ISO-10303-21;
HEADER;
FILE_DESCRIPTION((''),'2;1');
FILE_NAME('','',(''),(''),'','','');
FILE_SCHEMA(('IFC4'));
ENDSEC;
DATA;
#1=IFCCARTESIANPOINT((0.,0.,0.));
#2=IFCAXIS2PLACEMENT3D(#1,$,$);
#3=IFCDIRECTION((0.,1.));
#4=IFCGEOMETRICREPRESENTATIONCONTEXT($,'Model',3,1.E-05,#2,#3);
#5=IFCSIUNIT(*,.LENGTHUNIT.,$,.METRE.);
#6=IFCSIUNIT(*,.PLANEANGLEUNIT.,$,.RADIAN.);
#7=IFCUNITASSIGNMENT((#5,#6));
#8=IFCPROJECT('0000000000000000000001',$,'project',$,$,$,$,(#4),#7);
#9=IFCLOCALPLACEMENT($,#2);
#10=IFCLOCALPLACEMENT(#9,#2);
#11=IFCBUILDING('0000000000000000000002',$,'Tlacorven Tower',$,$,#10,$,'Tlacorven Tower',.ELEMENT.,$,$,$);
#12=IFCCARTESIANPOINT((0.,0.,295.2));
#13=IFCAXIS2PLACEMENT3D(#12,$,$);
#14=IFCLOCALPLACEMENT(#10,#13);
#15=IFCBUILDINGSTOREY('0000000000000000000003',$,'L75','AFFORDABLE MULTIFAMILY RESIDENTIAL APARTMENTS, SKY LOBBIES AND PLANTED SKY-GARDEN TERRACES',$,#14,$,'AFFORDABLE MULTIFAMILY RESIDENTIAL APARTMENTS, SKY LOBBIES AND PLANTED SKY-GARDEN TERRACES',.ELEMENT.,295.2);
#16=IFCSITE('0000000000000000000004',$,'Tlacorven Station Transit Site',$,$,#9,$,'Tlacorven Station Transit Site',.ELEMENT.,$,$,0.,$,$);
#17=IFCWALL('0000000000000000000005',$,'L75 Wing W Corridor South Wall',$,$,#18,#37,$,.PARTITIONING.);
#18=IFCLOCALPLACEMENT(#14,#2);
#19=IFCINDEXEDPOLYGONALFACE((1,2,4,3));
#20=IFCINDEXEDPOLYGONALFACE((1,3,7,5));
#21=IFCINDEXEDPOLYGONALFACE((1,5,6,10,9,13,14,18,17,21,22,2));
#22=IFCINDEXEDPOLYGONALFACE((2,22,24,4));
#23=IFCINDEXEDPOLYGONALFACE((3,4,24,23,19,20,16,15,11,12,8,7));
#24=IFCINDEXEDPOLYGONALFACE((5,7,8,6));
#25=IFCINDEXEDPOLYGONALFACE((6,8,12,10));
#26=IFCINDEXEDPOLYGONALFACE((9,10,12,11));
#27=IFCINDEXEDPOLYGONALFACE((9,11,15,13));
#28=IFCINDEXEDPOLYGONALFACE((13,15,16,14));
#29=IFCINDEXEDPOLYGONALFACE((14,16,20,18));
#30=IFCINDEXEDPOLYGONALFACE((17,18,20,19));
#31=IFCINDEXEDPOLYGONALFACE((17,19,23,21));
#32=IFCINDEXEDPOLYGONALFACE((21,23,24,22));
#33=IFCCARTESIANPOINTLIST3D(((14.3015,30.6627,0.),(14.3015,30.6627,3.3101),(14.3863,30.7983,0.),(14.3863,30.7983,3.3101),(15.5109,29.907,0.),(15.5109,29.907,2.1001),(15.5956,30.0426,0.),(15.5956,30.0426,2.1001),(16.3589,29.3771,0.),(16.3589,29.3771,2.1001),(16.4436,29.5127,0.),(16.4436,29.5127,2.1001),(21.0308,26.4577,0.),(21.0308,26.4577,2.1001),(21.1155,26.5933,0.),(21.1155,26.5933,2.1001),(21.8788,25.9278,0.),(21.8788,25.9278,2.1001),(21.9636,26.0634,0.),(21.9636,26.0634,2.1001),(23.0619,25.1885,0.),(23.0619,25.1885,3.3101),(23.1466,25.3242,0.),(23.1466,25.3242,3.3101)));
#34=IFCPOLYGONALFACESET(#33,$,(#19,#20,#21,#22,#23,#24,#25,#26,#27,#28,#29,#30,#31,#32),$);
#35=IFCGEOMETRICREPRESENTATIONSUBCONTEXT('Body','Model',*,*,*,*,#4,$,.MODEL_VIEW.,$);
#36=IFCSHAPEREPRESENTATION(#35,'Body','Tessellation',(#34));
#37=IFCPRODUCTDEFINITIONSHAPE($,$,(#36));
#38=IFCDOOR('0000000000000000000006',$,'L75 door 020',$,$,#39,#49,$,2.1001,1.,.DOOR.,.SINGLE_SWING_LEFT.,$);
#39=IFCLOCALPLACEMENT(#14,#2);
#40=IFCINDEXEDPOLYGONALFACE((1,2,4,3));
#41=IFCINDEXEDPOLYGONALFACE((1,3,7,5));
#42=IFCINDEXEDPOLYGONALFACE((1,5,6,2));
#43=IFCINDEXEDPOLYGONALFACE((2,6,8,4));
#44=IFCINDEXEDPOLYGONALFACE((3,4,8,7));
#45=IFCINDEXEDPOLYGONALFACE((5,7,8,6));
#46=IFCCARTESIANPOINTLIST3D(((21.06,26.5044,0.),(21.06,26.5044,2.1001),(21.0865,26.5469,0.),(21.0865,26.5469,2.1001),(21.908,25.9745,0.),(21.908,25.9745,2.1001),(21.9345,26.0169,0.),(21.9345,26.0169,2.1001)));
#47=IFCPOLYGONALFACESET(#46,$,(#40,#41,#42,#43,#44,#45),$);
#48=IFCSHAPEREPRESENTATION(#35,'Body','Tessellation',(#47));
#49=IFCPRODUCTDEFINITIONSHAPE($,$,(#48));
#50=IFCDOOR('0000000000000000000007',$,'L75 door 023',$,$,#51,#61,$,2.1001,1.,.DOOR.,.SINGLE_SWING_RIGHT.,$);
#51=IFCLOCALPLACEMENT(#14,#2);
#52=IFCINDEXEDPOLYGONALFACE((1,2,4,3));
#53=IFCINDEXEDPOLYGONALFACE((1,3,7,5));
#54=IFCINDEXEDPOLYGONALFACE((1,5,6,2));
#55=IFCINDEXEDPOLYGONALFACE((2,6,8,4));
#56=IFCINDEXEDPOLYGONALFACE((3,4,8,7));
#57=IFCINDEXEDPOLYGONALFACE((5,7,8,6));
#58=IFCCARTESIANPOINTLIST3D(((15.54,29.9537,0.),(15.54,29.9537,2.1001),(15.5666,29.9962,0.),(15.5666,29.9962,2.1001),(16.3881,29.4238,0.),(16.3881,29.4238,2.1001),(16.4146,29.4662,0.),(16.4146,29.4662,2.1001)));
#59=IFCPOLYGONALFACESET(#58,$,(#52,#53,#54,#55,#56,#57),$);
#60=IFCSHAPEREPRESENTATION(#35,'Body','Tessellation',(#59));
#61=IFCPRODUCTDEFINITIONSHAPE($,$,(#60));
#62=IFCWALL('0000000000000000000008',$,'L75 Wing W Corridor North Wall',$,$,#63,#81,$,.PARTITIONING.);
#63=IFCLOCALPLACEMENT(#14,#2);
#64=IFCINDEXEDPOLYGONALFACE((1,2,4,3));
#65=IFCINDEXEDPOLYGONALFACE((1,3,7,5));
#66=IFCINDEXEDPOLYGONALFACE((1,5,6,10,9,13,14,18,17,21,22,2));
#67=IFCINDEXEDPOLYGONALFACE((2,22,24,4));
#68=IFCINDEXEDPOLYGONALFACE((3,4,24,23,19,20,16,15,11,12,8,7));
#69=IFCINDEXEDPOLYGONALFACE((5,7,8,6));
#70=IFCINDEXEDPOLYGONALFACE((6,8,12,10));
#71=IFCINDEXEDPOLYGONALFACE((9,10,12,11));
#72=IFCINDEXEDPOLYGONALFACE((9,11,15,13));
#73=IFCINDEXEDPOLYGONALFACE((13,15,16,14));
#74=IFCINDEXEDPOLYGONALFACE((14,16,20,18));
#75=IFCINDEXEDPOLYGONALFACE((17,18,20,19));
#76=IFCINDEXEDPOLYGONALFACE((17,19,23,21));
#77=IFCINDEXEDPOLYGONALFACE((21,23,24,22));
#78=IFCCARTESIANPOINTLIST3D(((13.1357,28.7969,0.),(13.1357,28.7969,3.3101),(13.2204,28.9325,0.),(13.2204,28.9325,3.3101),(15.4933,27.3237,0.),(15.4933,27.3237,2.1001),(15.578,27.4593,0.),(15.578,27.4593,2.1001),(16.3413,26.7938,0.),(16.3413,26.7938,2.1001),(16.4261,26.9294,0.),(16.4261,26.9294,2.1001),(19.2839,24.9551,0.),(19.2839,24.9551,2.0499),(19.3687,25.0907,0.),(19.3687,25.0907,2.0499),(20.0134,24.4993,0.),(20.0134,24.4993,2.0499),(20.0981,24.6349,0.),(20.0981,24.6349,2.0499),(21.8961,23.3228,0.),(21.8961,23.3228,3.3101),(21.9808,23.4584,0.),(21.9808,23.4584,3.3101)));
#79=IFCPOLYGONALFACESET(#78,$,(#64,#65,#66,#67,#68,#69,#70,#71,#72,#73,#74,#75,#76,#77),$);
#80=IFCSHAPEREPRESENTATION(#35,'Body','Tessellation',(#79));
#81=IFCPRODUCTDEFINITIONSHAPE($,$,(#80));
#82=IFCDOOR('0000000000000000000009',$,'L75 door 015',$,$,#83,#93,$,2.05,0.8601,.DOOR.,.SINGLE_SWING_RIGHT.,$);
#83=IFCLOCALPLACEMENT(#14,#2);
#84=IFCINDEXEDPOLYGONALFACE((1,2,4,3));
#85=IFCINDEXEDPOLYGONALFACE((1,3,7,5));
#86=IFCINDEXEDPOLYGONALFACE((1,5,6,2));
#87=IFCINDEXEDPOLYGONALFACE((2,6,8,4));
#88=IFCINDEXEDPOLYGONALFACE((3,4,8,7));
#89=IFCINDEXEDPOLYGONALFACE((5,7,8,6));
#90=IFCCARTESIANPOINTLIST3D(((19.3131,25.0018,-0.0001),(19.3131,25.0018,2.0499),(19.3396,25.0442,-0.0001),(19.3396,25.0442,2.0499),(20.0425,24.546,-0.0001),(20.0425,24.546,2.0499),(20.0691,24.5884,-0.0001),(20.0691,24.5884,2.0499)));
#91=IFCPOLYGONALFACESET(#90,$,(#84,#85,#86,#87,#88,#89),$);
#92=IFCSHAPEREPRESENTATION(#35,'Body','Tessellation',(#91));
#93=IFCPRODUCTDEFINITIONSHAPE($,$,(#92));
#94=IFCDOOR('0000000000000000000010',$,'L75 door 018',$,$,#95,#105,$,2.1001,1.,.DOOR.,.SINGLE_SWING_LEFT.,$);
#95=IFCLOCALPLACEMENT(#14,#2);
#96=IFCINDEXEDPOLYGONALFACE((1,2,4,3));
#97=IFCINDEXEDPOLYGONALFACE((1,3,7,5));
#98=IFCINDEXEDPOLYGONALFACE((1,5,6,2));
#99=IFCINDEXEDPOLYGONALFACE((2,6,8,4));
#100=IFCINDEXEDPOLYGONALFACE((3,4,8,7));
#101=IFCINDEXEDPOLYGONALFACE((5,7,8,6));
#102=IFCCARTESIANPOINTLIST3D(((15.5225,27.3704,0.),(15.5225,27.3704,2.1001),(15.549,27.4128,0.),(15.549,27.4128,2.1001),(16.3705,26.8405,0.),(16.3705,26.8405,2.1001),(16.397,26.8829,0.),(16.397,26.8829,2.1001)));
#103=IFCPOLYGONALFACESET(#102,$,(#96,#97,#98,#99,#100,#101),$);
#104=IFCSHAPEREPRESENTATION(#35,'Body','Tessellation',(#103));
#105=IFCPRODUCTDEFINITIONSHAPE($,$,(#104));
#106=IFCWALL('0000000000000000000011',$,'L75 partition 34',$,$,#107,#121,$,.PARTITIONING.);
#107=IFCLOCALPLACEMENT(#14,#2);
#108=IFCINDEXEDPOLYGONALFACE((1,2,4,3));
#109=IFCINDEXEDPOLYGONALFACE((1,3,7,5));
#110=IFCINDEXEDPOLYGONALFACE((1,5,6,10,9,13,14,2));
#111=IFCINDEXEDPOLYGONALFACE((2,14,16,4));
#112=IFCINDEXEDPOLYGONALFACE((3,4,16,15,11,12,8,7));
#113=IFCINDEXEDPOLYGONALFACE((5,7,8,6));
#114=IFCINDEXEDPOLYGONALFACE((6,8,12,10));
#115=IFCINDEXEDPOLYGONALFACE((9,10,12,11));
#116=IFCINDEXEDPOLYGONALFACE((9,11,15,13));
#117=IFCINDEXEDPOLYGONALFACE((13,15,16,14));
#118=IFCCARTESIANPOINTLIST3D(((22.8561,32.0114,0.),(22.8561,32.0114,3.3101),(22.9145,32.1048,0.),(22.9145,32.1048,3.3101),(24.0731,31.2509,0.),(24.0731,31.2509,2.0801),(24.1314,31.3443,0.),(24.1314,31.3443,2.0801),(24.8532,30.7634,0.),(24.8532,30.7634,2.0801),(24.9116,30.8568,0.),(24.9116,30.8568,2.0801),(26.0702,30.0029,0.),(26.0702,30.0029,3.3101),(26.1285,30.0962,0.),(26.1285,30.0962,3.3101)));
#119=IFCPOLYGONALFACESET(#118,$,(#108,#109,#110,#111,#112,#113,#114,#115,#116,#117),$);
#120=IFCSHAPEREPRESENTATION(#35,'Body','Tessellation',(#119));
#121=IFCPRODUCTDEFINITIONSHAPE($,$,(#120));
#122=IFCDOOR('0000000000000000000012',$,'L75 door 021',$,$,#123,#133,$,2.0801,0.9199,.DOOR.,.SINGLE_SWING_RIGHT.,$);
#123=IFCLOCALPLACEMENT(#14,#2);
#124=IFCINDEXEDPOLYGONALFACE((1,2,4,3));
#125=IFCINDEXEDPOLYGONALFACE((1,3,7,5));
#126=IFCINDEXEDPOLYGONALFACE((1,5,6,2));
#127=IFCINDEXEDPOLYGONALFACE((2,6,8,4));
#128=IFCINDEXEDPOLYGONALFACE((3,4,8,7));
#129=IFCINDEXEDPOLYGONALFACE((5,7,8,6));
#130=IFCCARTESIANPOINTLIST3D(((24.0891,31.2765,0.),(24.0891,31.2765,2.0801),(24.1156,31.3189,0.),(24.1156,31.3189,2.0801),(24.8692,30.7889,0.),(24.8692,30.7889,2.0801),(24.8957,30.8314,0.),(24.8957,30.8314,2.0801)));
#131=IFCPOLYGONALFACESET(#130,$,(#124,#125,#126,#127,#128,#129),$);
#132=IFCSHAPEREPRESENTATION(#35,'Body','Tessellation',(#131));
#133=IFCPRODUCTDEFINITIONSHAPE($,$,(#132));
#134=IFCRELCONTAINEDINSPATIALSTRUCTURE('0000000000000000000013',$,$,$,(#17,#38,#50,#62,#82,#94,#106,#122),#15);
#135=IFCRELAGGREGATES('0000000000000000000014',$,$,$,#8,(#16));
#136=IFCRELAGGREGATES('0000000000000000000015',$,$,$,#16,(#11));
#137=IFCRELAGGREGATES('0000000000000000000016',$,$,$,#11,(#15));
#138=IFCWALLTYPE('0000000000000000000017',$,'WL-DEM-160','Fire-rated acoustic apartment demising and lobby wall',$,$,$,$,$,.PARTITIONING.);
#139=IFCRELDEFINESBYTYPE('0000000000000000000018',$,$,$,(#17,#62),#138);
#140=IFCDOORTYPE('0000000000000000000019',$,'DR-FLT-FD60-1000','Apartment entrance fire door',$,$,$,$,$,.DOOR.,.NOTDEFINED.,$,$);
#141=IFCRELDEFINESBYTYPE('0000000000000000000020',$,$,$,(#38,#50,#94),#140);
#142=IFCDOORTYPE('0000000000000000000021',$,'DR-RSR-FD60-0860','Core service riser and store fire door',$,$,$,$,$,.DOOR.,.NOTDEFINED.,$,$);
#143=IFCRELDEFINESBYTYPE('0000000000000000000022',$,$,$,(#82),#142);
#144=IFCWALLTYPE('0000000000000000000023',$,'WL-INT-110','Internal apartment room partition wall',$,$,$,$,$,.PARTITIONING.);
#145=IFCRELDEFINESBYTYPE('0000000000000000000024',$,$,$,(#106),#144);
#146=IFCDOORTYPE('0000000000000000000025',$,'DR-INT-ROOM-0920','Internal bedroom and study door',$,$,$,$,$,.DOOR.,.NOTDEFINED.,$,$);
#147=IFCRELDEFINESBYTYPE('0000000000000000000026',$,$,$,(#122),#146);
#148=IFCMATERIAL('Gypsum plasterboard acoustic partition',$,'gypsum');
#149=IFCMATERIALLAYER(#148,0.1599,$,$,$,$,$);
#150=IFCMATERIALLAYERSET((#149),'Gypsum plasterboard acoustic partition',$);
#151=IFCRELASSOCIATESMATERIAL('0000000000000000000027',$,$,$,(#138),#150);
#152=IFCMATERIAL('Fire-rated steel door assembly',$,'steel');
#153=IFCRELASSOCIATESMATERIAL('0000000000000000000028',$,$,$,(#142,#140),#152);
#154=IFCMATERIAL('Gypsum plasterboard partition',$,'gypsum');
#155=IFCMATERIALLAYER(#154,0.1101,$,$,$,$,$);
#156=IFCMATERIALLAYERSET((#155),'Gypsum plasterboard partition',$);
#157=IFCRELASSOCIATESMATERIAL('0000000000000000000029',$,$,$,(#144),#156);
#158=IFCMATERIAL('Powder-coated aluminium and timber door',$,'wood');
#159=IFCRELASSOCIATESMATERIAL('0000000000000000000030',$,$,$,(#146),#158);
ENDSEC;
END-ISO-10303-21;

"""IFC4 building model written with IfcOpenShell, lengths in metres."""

from ifc_helpers import new_model, si_unit, direction, frame, frame_2d, origin, place, context, subcontext, project, spatial, rectangle, extrude, source, transform, mapped, material, layer, layer_set, type_object, element, fill, save


model = new_model("IFC4")

# Units and contexts
model_context = context("Model", 3, precision=1e-05, world=origin(), true_north=direction((0.0, 1.0)))
body_context = subcontext(model_context, "Body", "Model", "MODEL_VIEW")
ifc_project = project(units=[si_unit("LENGTHUNIT", "METRE"), si_unit("PLANEANGLEUNIT", "RADIAN")], contexts=[model_context])

# Site, building, storey
site_placement = place(None, origin())
site = spatial("IfcSite", under=ifc_project, at=site_placement, Name="Tlacorven Station Transit Site", LongName="Tlacorven Station Transit Site", CompositionType="ELEMENT", RefElevation=0.0)
building_placement = place(site_placement, origin())
building = spatial("IfcBuilding", under=site, at=building_placement, Name="Tlacorven Tower", LongName="Tlacorven Tower", CompositionType="ELEMENT")
storey_placement = place(building_placement, frame((0.0, 0.0, 295.2)))
storey = spatial("IfcBuildingStorey", under=building, at=storey_placement, Name="L75", Description="AFFORDABLE MULTIFAMILY RESIDENTIAL APARTMENTS, SKY LOBBIES AND PLANTED SKY-GARDEN TERRACES", LongName="AFFORDABLE MULTIFAMILY RESIDENTIAL APARTMENTS, SKY LOBBIES AND PLANTED SKY-GARDEN TERRACES", CompositionType="ELEMENT", Elevation=295.2)

# Shared definitions
ifc_material_1 = material(Name="Gypsum plasterboard acoustic partition", Category="gypsum")
ifc_layer_1 = layer(ifc_material_1, 0.1599)
ifc_layer_set_1 = layer_set([ifc_layer_1], Name="Gypsum plasterboard acoustic partition")
wall_type_1 = type_object("IfcWallType", Name="WL-DEM-160", Description="Fire-rated acoustic apartment demising and lobby wall", PredefinedType="PARTITIONING", material=ifc_layer_set_1)
ifc_material_2 = material(Name="Fire-rated steel door assembly", Category="steel")
door_type_1 = type_object("IfcDoorType", Name="DR-RSR-FD60-0860", Description="Core service riser and store fire door", OperationType="NOTDEFINED", PredefinedType="DOOR", material=ifc_material_2)
shared_shape_1 = source(origin(), body_context, "Body", "SweptSolid", [
    extrude(rectangle(XDim=0.8601, YDim=2.05, at=frame_2d((0.4302, 1.0249))), frame((0.0, 0.0249, 0.0), z_axis=(0.0, -1.0, 0.0), x_axis=(1.0, 0.0, 0.0)), (0.0, 0.0, 1.0), 0.05),
])

# Walls, openings, doors
wall_1_placement = place(storey_placement, frame((23.1042, 25.2563, 0.0), z_axis=(0.0, 0.0, 1.0), x_axis=(-0.848043, 0.529927, 0.0)))
wall_1 = element("IfcWall", 1, at=wall_1_placement, inside=storey, type_object=wall_type_1, Name="L75 Wing W Corridor South Wall", PredefinedType="PARTITIONING", context=body_context, shape_type="SweptSolid", body=[
    extrude(rectangle(XDim=10.3301, YDim=0.1599, at=frame_2d((5.165, 0.0))), origin(), (0.0, 0.0, 1.0), 3.3101),
])
opening_1_placement = place(wall_1_placement, frame((1.395, 0.0, 0.0)))
opening_1 = element("IfcOpeningElement", 2, at=opening_1_placement, cuts=wall_1, PredefinedType="OPENING", context=body_context, shape_type="SweptSolid", body=[
    extrude(rectangle(XDim=1.0, YDim=2.1001, at=frame_2d((0.5, 1.05))), frame((0.0, 0.0898, 0.0), z_axis=(0.0, -1.0, 0.0), x_axis=(1.0, 0.0, 0.0)), (0.0, 0.0, 1.0), 0.1799),
])
opening_2_placement = place(wall_1_placement, frame((7.9041, 0.0, 0.0)))
opening_2 = element("IfcOpeningElement", 3, at=opening_2_placement, cuts=wall_1, PredefinedType="OPENING", context=body_context, shape_type="SweptSolid", body=[
    extrude(rectangle(XDim=1.0, YDim=2.1001, at=frame_2d((0.5, 1.05))), frame((0.0, 0.0898, 0.0), z_axis=(0.0, -1.0, 0.0), x_axis=(1.0, 0.0, 0.0)), (0.0, 0.0, 1.0), 0.1799),
])
door_type_2 = type_object("IfcDoorType", Name="DR-FLT-FD60-1000", Description="Apartment entrance fire door", OperationType="NOTDEFINED", PredefinedType="DOOR", material=ifc_material_2)
shared_shape_2 = source(origin(), body_context, "Body", "SweptSolid", [
    extrude(rectangle(XDim=1.0, YDim=2.1001, at=frame_2d((0.5, 1.05))), frame((0.0, 0.0249, 0.0), z_axis=(0.0, -1.0, 0.0), x_axis=(1.0, 0.0, 0.0)), (0.0, 0.0, 1.0), 0.05),
])
door_1_placement = place(opening_1_placement, origin())
door_1 = element("IfcDoor", 4, at=door_1_placement, inside=storey, type_object=door_type_2, Name="L75 door 020", OperationType="SINGLE_SWING_LEFT", OverallHeight=2.1001, OverallWidth=1.0, PredefinedType="DOOR", context=body_context, shape_type="MappedRepresentation", body=[
    mapped(shared_shape_2, transform((0.0, 0.0, 0.0), scale=1.0)),
])
fill(opening_1, door_1)
door_2_placement = place(opening_2_placement, origin())
door_2 = element("IfcDoor", 5, at=door_2_placement, inside=storey, type_object=door_type_2, Name="L75 door 023", OperationType="SINGLE_SWING_RIGHT", OverallHeight=2.1001, OverallWidth=1.0, PredefinedType="DOOR", context=body_context, shape_type="MappedRepresentation", body=[
    mapped(shared_shape_2, transform((0.0, 0.0, 0.0), scale=1.0)),
])
fill(opening_2, door_2)
wall_2_placement = place(storey_placement, frame((21.9385, 23.3906, 0.0), z_axis=(0.0, 0.0, 1.0), x_axis=(-0.84805, 0.529916, 0.0)))
wall_2 = element("IfcWall", 6, at=wall_2_placement, inside=storey, type_object=wall_type_1, Name="L75 Wing W Corridor North Wall", PredefinedType="PARTITIONING", context=body_context, shape_type="SweptSolid", body=[
    extrude(rectangle(XDim=10.3301, YDim=0.1599, at=frame_2d((5.165, 0.0))), origin(), (0.0, 0.0, 1.0), 3.3101),
])
opening_3_placement = place(wall_2_placement, frame((2.22, 0.0, 0.0)))
opening_3 = element("IfcOpeningElement", 7, at=opening_3_placement, cuts=wall_2, PredefinedType="OPENING", context=body_context, shape_type="SweptSolid", body=[
    extrude(rectangle(XDim=0.8601, YDim=2.05, at=frame_2d((0.4302, 1.0249))), frame((0.0, 0.0898, 0.0), z_axis=(0.0, -1.0, 0.0), x_axis=(1.0, 0.0, 0.0)), (0.0, 0.0, 1.0), 0.1799),
])
opening_4_placement = place(wall_2_placement, frame((6.55, 0.0, 0.0)))
opening_4 = element("IfcOpeningElement", 8, at=opening_4_placement, cuts=wall_2, PredefinedType="OPENING", context=body_context, shape_type="SweptSolid", body=[
    extrude(rectangle(XDim=1.0, YDim=2.1001, at=frame_2d((0.5, 1.05))), frame((0.0, 0.0898, 0.0), z_axis=(0.0, -1.0, 0.0), x_axis=(1.0, 0.0, 0.0)), (0.0, 0.0, 1.0), 0.1799),
])
door_3_placement = place(opening_3_placement, origin())
door_3 = element("IfcDoor", 9, at=door_3_placement, inside=storey, type_object=door_type_1, Name="L75 door 015", OperationType="SINGLE_SWING_RIGHT", OverallHeight=2.05, OverallWidth=0.8601, PredefinedType="DOOR", context=body_context, shape_type="MappedRepresentation", body=[
    mapped(shared_shape_1, transform((0.0, 0.0, 0.0), scale=1.0)),
])
fill(opening_3, door_3)
door_4_placement = place(opening_4_placement, origin())
door_4 = element("IfcDoor", 10, at=door_4_placement, inside=storey, type_object=door_type_2, Name="L75 door 018", OperationType="SINGLE_SWING_LEFT", OverallHeight=2.1001, OverallWidth=1.0, PredefinedType="DOOR", context=body_context, shape_type="MappedRepresentation", body=[
    mapped(shared_shape_2, transform((0.0, 0.0, 0.0), scale=1.0)),
])
fill(opening_4, door_4)

# Wall, opening, door
ifc_material_3 = material(Name="Gypsum plasterboard partition", Category="gypsum")
ifc_layer_2 = layer(ifc_material_3, 0.1101)
ifc_layer_set_2 = layer_set([ifc_layer_2], Name="Gypsum plasterboard partition")
wall_type_2 = type_object("IfcWallType", Name="WL-INT-110", Description="Internal apartment room partition wall", PredefinedType="PARTITIONING", material=ifc_layer_set_2)
wall_3_placement = place(storey_placement, frame((26.0994, 30.0496, 0.0), z_axis=(0.0, 0.0, 1.0), x_axis=(-0.848031, 0.529947, 0.0)))
wall_3 = element("IfcWall", 11, at=wall_3_placement, inside=storey, type_object=wall_type_2, Name="L75 partition 34", PredefinedType="PARTITIONING", context=body_context, shape_type="SweptSolid", body=[
    extrude(rectangle(XDim=3.79, YDim=0.1101, at=frame_2d((1.895, 0.0))), origin(), (0.0, 0.0, 1.0), 3.3101),
])
opening_5_placement = place(wall_3_placement, frame((1.4351, 0.0, 0.0)))
opening_5 = element("IfcOpeningElement", 12, at=opening_5_placement, cuts=wall_3, PredefinedType="OPENING", context=body_context, shape_type="SweptSolid", body=[
    extrude(rectangle(XDim=0.9199, YDim=2.0801, at=frame_2d((0.46, 1.04))), frame((0.0, 0.0649, 0.0), z_axis=(0.0, -1.0, 0.0), x_axis=(1.0, 0.0, 0.0)), (0.0, 0.0, 1.0), 0.1301),
])
ifc_material_4 = material(Name="Powder-coated aluminium and timber door", Category="wood")
door_type_3 = type_object("IfcDoorType", Name="DR-INT-ROOM-0920", Description="Internal bedroom and study door", OperationType="NOTDEFINED", PredefinedType="DOOR", material=ifc_material_4)
shared_shape_3 = source(origin(), body_context, "Body", "SweptSolid", [
    extrude(rectangle(XDim=0.9199, YDim=2.0801, at=frame_2d((0.46, 1.04))), frame((0.0, 0.0249, 0.0), z_axis=(0.0, -1.0, 0.0), x_axis=(1.0, 0.0, 0.0)), (0.0, 0.0, 1.0), 0.05),
])
door_5_placement = place(opening_5_placement, origin())
door_5 = element("IfcDoor", 13, at=door_5_placement, inside=storey, type_object=door_type_3, Name="L75 door 021", OperationType="SINGLE_SWING_RIGHT", OverallHeight=2.0801, OverallWidth=0.9199, PredefinedType="DOOR", context=body_context, shape_type="MappedRepresentation", body=[
    mapped(shared_shape_3, transform((0.0, 0.0, 0.0), scale=1.0)),
])
fill(opening_5, door_5)

save(model, "model.ifc")
